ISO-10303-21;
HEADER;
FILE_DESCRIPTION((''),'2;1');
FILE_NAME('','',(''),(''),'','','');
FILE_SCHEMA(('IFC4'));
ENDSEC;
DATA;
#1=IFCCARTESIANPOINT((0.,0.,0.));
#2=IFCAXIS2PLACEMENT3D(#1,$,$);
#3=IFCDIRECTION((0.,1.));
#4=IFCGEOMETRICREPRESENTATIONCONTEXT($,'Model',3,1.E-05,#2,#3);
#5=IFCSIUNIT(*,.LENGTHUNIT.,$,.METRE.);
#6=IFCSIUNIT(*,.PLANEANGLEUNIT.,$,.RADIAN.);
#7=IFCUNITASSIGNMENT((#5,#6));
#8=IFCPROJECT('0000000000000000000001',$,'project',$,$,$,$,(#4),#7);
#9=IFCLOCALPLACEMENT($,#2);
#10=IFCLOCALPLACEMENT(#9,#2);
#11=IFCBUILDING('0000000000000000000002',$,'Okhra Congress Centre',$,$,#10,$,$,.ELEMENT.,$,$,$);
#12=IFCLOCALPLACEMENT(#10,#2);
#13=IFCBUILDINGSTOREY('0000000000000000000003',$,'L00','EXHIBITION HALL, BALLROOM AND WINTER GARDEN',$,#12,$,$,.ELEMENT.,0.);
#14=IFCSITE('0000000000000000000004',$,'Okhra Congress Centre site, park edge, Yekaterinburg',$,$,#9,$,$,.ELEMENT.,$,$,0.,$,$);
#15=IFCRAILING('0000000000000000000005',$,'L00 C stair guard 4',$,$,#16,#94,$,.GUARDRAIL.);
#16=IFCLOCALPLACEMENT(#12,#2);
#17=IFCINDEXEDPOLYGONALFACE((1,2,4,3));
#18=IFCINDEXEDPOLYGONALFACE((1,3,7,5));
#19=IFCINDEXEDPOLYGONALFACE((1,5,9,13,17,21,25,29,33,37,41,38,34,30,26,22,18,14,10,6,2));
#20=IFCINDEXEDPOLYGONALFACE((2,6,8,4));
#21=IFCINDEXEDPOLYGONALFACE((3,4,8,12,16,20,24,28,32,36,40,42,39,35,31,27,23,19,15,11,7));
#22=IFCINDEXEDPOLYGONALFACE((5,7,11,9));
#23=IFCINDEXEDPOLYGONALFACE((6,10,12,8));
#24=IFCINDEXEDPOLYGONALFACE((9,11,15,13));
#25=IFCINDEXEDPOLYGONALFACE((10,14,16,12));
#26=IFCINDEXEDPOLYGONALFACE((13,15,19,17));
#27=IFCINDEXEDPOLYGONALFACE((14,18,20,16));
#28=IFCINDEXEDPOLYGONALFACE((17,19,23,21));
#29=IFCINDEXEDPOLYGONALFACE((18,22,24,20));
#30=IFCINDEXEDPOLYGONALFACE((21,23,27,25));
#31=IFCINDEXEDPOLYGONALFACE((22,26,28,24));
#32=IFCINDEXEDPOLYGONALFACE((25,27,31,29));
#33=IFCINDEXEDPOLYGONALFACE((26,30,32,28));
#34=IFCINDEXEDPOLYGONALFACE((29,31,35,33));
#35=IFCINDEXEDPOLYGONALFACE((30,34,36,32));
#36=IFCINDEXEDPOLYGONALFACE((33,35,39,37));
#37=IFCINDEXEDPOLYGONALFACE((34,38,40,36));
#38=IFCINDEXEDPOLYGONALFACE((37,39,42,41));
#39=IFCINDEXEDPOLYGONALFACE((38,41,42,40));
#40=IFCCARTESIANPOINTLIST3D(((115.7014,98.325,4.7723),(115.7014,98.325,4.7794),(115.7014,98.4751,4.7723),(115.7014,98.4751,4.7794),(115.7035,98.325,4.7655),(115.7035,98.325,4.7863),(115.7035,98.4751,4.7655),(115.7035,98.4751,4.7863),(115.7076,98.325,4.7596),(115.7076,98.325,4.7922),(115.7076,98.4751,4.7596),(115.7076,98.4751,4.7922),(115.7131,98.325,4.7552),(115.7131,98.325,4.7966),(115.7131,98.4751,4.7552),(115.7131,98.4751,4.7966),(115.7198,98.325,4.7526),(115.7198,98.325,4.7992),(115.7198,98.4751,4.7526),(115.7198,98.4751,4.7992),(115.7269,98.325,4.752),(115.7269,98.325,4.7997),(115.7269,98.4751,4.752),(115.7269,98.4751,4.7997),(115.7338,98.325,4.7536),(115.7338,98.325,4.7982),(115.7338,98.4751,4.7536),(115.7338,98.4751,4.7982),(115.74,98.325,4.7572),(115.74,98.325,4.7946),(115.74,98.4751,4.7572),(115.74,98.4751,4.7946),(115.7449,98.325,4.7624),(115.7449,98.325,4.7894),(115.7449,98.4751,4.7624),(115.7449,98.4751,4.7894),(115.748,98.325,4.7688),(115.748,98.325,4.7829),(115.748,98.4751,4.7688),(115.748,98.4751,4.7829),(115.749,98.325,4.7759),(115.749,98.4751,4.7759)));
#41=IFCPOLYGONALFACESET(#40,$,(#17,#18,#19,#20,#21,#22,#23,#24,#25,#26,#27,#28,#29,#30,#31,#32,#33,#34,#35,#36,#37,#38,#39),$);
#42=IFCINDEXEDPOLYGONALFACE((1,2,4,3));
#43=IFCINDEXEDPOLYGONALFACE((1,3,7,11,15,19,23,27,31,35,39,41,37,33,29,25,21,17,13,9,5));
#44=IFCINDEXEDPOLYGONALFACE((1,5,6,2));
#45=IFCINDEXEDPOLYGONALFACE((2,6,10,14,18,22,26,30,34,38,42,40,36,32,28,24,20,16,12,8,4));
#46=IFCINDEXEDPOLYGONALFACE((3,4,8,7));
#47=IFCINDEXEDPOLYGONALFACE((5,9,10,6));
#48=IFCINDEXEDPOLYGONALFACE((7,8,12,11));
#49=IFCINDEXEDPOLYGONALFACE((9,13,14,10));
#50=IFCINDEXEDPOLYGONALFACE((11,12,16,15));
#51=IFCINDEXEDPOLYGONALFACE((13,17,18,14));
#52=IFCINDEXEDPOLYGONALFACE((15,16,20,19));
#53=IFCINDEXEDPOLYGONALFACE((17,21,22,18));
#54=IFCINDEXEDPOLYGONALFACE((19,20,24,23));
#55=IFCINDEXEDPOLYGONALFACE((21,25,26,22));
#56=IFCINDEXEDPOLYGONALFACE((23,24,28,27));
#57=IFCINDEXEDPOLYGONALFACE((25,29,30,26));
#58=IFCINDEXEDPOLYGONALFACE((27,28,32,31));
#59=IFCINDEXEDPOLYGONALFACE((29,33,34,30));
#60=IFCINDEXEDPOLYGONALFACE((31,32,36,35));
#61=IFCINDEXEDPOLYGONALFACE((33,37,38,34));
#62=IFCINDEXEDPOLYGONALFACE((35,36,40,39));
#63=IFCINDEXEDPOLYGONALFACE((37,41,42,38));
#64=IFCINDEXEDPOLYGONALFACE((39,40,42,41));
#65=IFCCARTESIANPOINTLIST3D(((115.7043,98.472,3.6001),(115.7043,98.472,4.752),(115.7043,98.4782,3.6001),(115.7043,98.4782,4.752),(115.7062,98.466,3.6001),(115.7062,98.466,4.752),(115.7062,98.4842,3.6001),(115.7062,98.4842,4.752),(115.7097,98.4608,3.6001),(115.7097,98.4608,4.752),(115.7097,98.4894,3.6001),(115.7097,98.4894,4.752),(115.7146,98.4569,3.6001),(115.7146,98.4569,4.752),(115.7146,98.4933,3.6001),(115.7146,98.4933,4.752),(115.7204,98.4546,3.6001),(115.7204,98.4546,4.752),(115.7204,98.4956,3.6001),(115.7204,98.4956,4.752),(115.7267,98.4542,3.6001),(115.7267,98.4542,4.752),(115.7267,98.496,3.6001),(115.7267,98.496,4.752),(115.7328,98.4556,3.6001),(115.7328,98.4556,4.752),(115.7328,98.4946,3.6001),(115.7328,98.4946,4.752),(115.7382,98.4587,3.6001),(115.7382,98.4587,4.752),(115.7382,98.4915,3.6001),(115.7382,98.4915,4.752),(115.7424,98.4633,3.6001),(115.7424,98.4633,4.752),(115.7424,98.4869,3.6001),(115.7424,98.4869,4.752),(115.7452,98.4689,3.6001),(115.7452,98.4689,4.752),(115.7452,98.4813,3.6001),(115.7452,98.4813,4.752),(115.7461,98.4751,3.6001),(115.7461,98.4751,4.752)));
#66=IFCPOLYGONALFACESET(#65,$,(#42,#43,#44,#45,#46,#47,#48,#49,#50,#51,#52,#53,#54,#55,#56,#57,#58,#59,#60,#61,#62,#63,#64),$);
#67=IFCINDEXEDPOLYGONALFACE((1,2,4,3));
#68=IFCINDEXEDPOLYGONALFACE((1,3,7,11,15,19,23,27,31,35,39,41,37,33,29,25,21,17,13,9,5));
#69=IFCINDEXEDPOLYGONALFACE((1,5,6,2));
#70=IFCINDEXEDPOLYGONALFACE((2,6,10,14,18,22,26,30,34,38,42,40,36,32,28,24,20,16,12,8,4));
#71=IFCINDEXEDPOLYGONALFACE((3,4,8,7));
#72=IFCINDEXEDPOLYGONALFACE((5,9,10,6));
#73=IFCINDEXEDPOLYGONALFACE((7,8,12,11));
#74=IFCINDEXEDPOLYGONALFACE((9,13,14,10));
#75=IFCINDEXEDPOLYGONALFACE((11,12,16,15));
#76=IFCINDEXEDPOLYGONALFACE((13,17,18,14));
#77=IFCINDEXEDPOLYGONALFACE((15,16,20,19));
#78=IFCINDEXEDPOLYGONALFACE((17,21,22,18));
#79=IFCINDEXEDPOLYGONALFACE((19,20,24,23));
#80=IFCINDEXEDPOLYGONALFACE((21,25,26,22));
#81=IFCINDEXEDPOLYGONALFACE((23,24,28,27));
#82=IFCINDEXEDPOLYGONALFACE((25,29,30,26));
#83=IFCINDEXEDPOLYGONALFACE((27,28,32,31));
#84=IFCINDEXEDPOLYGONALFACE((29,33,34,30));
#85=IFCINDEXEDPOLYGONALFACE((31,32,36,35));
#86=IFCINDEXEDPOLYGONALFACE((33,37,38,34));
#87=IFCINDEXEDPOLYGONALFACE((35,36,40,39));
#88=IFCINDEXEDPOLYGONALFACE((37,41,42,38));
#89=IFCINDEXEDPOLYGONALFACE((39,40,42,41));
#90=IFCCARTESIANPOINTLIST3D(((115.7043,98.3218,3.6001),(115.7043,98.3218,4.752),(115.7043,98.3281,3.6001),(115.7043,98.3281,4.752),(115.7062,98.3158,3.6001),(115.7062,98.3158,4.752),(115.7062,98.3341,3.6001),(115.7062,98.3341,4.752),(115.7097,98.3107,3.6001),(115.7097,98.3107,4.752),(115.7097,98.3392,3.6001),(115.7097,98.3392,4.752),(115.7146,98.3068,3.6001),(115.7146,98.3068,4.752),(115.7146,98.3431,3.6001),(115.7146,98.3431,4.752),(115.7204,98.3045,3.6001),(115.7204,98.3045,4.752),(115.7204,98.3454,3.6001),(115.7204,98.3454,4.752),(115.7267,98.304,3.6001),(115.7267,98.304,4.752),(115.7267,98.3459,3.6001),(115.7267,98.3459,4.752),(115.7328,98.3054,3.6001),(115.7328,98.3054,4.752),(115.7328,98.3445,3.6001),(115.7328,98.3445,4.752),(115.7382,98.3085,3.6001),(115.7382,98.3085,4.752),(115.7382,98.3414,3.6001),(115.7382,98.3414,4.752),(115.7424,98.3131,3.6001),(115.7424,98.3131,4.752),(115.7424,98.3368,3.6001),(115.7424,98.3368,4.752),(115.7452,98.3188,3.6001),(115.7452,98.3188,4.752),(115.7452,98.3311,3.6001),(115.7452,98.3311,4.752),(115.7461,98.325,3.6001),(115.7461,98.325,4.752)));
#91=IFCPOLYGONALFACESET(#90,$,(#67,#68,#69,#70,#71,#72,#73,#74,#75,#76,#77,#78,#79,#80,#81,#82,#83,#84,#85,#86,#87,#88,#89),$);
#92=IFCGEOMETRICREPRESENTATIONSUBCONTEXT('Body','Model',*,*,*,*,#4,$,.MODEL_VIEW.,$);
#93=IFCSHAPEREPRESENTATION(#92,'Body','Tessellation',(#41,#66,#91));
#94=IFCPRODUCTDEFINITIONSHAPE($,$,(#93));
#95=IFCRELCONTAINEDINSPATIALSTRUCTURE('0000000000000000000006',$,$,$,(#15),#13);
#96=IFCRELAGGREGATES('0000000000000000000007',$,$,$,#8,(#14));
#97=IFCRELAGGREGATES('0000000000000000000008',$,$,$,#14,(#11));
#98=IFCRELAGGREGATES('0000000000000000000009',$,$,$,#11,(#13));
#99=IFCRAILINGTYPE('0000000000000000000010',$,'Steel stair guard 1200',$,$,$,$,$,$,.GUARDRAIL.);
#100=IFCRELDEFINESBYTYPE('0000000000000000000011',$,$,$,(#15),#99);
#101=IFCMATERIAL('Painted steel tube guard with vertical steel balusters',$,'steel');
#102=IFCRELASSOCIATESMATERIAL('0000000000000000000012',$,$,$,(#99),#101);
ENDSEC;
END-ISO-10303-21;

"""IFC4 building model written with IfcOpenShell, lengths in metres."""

from ifc_helpers import new_model, si_unit, direction, frame, origin, origin_2d, place, context, subcontext, project, spatial, circle, extrude, material, type_object, element, save


model = new_model("IFC4")

# Units and contexts
model_context = context("Model", 3, precision=1e-05, world=origin(), true_north=direction((0.0, 1.0)))
body_context = subcontext(model_context, "Body", "Model", "MODEL_VIEW")
ifc_project = project(units=[si_unit("LENGTHUNIT", "METRE"), si_unit("PLANEANGLEUNIT", "RADIAN")], contexts=[model_context])

# Site, building, storey
site_placement = place(None, origin())
site = spatial("IfcSite", under=ifc_project, at=site_placement, Name="Okhra Congress Centre site, park edge, Yekaterinburg", CompositionType="ELEMENT", RefElevation=0.0)
building_placement = place(site_placement, origin())
building = spatial("IfcBuilding", under=site, at=building_placement, Name="Okhra Congress Centre", CompositionType="ELEMENT")
storey_placement = place(building_placement, origin())
storey = spatial("IfcBuildingStorey", under=building, at=storey_placement, Name="L00", Description="EXHIBITION HALL, BALLROOM AND WINTER GARDEN", CompositionType="ELEMENT", Elevation=0.0)

# Railing
ifc_material_1 = material(Name="Painted steel tube guard with vertical steel balusters", Category="steel")
railing_type_1 = type_object("IfcRailingType", Name="Steel stair guard 1200", PredefinedType="GUARDRAIL", material=ifc_material_1)
railing_1_placement = place(storey_placement, frame((115.7251, 98.4751, 3.6001)))
element("IfcRailing", 1, at=railing_1_placement, inside=storey, type_object=railing_type_1, Name="L00 C stair guard 4", PredefinedType="GUARDRAIL", context=body_context, shape_type="SweptSolid", body=[
    extrude(circle(Radius=0.0239, at=origin_2d()), frame((0.0, 0.0, 1.1758), z_axis=(0.0, -1.0, 0.0), x_axis=(1.0, 0.0, 0.0)), (0.0, 0.0, 1.0), 0.1501),
    extrude(circle(Radius=0.021, at=origin_2d()), origin(), (0.0, 0.0, 1.0), 1.1519),
    extrude(circle(Radius=0.021, at=origin_2d()), frame((0.0, -0.1501, 0.0)), (0.0, 0.0, 1.0), 1.1519),
])

save(model, "model.ifc")
